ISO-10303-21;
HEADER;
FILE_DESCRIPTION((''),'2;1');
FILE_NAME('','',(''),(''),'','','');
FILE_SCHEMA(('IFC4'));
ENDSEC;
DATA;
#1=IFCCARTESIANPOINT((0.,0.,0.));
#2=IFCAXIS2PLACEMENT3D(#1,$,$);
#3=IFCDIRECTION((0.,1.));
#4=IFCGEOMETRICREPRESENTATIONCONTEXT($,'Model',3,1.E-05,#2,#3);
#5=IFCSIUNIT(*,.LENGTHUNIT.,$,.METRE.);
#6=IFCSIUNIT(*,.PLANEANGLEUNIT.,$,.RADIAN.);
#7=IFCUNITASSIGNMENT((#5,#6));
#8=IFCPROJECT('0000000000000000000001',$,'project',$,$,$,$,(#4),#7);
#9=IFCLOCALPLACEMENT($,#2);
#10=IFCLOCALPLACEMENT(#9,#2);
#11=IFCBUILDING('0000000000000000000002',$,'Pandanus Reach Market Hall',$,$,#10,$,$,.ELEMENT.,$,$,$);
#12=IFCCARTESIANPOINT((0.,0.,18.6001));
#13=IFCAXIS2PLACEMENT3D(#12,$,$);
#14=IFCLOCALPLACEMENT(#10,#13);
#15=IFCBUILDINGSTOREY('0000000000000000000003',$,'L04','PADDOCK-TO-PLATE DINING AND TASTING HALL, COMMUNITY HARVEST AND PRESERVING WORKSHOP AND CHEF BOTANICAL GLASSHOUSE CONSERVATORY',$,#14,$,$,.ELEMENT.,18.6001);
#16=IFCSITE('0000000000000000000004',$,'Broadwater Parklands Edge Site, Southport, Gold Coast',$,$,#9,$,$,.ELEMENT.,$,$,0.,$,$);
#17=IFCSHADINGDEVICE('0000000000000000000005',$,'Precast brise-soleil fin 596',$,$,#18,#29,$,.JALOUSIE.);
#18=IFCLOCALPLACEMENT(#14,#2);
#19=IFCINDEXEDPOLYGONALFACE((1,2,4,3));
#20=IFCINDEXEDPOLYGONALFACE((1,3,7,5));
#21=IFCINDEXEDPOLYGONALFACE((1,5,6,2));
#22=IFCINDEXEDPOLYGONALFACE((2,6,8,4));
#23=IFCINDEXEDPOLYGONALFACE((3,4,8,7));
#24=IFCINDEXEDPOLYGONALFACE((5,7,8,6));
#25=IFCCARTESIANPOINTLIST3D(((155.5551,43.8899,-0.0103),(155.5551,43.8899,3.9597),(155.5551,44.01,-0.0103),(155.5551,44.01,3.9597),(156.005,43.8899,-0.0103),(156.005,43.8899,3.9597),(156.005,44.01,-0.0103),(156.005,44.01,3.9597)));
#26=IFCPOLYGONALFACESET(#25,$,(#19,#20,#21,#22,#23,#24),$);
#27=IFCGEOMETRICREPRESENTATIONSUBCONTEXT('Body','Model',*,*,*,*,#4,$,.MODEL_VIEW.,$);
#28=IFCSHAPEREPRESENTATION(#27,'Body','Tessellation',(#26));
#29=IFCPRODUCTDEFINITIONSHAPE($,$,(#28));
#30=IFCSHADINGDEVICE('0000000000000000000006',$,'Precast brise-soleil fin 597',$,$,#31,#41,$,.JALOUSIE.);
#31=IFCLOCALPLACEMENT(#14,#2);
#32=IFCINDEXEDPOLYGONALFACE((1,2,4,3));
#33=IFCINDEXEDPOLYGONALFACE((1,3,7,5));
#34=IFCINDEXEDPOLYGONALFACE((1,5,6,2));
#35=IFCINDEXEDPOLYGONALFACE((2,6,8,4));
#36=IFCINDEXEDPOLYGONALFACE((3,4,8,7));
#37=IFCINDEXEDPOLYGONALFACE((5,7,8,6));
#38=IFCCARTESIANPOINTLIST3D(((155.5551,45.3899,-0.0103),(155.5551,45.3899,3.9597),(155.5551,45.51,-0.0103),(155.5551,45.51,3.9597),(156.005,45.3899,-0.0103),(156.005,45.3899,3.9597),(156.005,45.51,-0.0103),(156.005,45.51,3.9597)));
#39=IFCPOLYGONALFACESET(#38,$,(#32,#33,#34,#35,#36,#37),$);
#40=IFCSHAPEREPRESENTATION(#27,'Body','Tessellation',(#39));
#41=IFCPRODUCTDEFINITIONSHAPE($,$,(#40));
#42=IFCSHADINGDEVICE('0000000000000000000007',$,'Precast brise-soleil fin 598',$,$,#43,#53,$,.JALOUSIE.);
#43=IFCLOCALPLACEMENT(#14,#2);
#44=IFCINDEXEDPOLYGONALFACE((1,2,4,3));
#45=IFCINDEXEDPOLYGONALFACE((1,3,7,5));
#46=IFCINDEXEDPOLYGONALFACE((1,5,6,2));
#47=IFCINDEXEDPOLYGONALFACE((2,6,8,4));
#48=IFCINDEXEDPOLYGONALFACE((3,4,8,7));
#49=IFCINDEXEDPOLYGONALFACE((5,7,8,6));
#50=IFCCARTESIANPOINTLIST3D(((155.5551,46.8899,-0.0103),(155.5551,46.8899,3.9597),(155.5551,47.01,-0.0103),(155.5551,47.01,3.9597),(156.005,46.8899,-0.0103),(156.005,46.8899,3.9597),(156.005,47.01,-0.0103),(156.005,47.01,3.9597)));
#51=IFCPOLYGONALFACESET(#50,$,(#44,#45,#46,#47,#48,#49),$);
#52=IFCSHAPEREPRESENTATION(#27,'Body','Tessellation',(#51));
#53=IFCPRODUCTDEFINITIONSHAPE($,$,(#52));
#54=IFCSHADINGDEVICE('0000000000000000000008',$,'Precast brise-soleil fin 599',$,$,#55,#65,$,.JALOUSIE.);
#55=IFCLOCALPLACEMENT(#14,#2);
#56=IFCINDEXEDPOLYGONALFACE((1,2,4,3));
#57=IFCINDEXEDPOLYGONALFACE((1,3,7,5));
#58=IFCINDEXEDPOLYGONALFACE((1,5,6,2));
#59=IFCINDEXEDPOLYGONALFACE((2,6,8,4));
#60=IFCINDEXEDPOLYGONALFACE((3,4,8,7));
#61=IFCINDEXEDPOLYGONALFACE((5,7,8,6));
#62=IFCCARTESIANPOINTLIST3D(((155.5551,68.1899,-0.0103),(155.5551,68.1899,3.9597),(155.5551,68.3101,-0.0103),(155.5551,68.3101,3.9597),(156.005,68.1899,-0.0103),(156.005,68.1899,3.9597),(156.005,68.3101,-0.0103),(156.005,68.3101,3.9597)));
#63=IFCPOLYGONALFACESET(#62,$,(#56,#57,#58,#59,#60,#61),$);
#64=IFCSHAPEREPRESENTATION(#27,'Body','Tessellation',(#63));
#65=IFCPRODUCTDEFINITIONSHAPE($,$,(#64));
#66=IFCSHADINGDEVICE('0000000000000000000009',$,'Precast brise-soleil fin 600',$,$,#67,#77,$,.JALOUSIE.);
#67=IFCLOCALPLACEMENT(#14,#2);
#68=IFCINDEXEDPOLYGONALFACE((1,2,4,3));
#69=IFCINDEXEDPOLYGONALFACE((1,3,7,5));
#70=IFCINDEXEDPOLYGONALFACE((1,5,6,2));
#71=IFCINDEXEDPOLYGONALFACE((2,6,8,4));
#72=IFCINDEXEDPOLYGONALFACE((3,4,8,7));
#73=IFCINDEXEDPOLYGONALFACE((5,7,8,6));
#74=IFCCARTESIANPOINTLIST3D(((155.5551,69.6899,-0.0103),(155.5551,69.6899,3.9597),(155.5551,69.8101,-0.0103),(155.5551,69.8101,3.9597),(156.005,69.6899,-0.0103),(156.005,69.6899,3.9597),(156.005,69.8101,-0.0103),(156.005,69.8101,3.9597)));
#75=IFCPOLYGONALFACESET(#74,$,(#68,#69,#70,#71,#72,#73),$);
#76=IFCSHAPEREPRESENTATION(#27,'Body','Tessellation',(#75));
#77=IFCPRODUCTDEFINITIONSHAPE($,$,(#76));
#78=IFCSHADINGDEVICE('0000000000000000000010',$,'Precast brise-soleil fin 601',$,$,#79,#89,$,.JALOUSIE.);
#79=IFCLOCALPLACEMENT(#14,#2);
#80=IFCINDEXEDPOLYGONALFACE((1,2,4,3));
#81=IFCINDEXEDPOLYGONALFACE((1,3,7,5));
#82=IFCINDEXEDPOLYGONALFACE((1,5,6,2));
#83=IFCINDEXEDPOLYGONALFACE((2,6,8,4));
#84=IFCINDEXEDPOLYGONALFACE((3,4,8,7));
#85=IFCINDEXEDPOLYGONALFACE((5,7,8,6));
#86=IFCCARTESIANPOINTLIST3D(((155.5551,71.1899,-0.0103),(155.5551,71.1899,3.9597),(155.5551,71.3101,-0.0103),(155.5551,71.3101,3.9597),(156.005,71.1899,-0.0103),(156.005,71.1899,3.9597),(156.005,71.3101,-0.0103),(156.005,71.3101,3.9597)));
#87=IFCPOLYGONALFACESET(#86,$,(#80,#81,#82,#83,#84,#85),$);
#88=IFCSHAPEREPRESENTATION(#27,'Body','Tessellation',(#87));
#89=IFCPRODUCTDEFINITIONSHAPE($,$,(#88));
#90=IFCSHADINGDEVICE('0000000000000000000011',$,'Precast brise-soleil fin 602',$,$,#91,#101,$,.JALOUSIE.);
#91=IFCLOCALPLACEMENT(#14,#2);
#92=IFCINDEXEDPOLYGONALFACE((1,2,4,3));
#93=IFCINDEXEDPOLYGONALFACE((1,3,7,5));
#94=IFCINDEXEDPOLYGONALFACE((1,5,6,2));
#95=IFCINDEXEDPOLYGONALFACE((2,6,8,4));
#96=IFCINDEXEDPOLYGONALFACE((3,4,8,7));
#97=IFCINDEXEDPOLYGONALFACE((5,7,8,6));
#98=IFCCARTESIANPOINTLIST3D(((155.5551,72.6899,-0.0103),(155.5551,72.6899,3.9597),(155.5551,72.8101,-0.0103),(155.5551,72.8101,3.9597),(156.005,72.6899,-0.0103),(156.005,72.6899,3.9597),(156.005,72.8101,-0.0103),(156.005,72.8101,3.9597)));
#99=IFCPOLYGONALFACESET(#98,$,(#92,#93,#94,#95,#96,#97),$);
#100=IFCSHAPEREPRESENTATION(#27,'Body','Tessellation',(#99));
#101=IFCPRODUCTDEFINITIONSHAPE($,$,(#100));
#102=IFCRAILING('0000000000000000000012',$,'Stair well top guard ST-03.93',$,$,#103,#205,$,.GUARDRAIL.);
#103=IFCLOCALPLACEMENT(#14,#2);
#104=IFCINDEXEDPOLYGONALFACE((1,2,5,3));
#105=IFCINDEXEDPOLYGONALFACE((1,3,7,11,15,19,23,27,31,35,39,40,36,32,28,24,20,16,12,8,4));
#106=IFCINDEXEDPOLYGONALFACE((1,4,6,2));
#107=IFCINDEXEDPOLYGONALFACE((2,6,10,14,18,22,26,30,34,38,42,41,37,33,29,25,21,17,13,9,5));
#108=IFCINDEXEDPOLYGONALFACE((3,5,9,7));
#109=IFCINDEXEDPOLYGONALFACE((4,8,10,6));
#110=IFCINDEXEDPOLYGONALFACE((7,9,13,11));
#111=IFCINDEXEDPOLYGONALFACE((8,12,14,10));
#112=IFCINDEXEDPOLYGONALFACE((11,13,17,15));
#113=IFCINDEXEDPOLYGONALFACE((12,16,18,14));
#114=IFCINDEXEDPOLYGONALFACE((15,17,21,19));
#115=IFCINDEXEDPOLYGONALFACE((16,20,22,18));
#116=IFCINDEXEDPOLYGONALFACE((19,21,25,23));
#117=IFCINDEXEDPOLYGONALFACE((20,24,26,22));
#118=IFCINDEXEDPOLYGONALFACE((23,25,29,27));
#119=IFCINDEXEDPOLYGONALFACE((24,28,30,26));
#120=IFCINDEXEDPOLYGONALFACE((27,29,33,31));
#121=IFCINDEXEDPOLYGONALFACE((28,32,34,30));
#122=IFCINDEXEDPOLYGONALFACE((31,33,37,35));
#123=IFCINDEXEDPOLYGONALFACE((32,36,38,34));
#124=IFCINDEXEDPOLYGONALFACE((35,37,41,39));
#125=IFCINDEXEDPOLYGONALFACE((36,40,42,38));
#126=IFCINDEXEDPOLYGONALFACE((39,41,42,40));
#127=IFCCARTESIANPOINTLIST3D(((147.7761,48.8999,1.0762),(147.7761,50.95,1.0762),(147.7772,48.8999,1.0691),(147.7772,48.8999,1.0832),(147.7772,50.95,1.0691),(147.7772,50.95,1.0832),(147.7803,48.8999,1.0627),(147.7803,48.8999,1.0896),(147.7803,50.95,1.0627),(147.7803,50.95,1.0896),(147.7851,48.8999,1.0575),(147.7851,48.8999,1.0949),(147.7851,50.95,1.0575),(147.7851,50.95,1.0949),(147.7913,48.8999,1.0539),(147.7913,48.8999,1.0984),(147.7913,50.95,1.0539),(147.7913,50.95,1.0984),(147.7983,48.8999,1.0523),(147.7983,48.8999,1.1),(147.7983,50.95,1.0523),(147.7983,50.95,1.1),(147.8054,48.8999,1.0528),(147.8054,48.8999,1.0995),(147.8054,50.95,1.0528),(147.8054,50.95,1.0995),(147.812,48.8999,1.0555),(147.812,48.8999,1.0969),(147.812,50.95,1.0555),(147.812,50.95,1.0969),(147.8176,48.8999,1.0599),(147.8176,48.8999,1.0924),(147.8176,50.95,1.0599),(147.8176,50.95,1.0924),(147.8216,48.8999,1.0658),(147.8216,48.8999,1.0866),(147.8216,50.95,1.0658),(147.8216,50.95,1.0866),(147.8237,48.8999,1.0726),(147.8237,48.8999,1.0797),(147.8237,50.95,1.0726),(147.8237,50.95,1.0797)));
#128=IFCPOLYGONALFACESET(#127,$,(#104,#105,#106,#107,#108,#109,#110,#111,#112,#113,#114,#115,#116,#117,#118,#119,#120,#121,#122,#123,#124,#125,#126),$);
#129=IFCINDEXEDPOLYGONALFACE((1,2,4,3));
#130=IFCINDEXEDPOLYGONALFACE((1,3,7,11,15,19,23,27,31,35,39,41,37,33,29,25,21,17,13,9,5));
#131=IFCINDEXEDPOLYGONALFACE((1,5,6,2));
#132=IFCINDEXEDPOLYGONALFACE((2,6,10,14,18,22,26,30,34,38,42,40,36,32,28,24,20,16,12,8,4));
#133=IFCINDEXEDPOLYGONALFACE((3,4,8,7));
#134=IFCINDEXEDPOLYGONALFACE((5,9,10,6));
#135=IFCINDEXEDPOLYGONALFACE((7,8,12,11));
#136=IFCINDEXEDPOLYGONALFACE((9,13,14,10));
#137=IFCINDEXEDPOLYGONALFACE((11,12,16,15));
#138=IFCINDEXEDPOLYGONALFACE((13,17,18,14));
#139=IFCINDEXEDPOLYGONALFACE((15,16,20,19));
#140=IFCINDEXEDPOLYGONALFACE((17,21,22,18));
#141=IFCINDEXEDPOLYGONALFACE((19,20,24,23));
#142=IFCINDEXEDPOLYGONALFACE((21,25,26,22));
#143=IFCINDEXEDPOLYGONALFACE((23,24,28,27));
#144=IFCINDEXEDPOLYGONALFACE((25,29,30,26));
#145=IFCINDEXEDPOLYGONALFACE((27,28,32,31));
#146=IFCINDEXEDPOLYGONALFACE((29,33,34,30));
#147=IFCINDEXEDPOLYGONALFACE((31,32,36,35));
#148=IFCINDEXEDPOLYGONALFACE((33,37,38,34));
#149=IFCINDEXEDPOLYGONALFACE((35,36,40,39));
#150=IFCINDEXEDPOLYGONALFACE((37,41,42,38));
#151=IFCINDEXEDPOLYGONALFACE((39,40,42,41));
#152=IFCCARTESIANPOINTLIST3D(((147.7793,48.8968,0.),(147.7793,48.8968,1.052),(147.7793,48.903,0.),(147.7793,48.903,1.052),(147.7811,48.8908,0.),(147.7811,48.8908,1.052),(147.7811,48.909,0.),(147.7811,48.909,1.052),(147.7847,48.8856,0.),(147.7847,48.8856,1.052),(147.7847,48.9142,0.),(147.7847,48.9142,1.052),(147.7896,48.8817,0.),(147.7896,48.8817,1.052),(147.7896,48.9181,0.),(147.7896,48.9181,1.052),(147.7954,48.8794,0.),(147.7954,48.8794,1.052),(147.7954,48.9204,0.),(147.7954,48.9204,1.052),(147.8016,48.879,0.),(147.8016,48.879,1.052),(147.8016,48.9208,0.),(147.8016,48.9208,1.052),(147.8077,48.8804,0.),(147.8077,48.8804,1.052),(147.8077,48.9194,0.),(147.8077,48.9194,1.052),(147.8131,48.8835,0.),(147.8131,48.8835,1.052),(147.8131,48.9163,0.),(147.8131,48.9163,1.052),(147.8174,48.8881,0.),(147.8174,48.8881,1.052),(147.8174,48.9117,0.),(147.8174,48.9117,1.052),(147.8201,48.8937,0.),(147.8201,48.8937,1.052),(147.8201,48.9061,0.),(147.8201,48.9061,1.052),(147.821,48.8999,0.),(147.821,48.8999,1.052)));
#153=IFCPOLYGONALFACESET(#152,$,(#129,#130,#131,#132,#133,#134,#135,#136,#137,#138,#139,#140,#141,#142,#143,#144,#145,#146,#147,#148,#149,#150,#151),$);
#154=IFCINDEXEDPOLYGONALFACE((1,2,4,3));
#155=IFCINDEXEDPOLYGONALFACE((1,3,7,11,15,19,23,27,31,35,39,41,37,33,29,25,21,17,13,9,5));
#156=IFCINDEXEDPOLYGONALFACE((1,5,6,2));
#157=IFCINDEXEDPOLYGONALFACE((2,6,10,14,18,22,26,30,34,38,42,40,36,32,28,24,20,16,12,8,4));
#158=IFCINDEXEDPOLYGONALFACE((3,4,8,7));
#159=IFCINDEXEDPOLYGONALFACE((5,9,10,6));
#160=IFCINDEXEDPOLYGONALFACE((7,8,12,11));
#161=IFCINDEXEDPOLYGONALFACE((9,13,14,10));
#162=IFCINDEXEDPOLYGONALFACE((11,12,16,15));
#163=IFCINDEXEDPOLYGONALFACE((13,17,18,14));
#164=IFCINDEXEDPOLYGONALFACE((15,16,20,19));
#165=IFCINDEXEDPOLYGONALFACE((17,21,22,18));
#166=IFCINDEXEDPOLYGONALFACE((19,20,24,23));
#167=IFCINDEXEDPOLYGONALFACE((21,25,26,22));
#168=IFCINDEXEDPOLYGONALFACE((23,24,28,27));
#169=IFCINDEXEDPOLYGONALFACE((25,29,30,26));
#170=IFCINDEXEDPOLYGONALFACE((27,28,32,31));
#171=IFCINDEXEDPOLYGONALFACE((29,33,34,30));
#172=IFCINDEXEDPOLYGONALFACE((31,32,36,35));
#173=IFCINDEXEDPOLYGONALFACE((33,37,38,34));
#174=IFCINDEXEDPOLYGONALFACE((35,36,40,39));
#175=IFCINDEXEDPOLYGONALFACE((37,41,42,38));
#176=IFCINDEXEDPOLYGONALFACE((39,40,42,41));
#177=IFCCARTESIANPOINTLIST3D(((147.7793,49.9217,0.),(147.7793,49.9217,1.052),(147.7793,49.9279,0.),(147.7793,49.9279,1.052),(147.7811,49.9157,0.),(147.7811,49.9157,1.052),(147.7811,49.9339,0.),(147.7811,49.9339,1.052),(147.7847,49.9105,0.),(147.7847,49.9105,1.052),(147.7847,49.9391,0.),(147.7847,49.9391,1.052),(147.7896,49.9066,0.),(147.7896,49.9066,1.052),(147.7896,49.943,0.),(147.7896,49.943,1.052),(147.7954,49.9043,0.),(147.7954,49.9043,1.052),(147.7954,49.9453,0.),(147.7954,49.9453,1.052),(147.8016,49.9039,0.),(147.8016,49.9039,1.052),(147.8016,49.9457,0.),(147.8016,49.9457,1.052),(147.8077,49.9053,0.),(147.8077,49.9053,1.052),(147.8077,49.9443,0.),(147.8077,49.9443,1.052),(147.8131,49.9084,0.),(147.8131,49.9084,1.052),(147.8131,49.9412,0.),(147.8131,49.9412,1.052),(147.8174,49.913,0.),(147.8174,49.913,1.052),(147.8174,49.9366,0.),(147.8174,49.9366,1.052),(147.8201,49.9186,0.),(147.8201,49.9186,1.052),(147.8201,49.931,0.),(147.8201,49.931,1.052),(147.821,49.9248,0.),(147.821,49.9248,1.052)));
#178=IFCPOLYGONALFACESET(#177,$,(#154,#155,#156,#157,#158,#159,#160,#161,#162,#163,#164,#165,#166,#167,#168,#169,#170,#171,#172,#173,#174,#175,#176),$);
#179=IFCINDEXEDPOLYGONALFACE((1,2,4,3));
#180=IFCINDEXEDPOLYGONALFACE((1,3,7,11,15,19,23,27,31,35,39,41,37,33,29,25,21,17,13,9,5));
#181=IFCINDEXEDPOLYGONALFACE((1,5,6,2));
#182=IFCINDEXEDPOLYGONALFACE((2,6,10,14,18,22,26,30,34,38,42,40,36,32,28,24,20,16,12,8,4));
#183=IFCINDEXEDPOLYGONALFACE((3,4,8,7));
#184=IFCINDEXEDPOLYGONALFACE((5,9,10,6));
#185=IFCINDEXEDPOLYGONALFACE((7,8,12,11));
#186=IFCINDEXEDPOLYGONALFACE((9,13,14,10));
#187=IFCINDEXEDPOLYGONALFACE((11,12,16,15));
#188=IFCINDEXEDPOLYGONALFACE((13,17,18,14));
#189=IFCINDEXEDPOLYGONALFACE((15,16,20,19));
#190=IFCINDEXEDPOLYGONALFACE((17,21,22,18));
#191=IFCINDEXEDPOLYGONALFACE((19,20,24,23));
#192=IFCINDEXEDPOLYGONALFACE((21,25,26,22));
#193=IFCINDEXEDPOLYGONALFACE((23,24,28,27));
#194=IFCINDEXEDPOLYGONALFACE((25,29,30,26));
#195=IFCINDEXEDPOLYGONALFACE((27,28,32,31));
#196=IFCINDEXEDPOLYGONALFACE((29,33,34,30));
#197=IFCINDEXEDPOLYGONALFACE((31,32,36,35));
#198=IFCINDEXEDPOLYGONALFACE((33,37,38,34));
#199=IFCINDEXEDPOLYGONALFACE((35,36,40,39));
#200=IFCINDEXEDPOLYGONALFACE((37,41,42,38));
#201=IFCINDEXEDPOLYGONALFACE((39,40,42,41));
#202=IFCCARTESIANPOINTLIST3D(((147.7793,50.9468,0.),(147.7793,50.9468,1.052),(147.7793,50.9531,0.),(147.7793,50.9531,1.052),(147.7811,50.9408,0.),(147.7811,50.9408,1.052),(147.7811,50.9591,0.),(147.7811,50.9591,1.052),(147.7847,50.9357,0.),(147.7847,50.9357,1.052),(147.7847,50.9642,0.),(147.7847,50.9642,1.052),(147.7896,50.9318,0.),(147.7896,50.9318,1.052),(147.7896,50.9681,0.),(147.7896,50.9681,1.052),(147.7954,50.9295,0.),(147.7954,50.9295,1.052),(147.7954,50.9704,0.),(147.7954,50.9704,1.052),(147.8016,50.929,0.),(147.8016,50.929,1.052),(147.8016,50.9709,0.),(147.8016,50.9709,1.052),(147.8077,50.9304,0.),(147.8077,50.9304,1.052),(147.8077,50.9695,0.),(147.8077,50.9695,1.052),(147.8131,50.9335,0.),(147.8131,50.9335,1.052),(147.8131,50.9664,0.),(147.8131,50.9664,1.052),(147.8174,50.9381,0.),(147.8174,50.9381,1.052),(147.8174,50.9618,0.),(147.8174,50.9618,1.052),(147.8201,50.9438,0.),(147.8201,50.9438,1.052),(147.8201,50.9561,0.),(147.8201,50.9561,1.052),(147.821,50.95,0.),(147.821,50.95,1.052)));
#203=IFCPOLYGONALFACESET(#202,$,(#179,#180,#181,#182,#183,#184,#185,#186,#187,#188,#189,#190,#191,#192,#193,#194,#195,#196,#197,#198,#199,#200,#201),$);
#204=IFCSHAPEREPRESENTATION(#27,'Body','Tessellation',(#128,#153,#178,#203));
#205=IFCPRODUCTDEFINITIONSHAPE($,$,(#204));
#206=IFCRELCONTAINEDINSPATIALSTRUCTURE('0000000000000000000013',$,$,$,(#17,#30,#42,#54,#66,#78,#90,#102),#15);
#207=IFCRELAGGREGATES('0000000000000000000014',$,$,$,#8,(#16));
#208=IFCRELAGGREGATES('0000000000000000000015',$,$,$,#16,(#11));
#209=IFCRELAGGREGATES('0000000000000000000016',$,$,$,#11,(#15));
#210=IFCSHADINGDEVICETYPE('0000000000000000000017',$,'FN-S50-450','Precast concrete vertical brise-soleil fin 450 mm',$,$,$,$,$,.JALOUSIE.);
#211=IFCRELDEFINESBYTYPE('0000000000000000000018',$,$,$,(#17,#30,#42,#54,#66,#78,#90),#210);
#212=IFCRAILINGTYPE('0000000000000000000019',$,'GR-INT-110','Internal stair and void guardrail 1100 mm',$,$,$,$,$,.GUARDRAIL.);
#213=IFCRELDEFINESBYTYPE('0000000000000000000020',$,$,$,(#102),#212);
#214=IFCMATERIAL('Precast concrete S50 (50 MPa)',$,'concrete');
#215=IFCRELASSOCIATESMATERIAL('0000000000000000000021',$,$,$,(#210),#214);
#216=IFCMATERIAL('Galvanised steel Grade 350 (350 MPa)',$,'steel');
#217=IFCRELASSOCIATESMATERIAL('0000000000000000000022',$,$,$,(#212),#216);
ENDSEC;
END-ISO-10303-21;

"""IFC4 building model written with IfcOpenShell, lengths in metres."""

from ifc_helpers import new_model, si_unit, direction, frame, origin, origin_2d, place, context, subcontext, project, spatial, rectangle, circle, extrude, material, type_object, element, save


model = new_model("IFC4")

# Units and contexts
model_context = context("Model", 3, precision=1e-05, world=origin(), true_north=direction((0.0, 1.0)))
body_context = subcontext(model_context, "Body", "Model", "MODEL_VIEW")
ifc_project = project(units=[si_unit("LENGTHUNIT", "METRE"), si_unit("PLANEANGLEUNIT", "RADIAN")], contexts=[model_context])

# Site, building, storey
site_placement = place(None, origin())
site = spatial("IfcSite", under=ifc_project, at=site_placement, Name="Broadwater Parklands Edge Site, Southport, Gold Coast", CompositionType="ELEMENT", RefElevation=0.0)
building_placement = place(site_placement, origin())
building = spatial("IfcBuilding", under=site, at=building_placement, Name="Pandanus Reach Market Hall", CompositionType="ELEMENT")
storey_placement = place(building_placement, frame((0.0, 0.0, 18.6001)))
storey = spatial("IfcBuildingStorey", under=building, at=storey_placement, Name="L04", Description="PADDOCK-TO-PLATE DINING AND TASTING HALL, COMMUNITY HARVEST AND PRESERVING WORKSHOP AND CHEF BOTANICAL GLASSHOUSE CONSERVATORY", CompositionType="ELEMENT", Elevation=18.6001)

# Shading devices
ifc_material_1 = material(Name="Precast concrete S50 (50 MPa)", Category="concrete")
shading_device_type = type_object("IfcShadingDeviceType", Name="FN-S50-450", Description="Precast concrete vertical brise-soleil fin 450 mm", PredefinedType="JALOUSIE", material=ifc_material_1)
for number, where, z_axis, x_axis, name in (
    (1, (155.78, 43.95, -0.0103), (0.0, 0.0, 1.0), (-1.0, 0.0, 0.0), "Precast brise-soleil fin 596"),
    (2, (155.78, 45.45, -0.0103), (0.0, 0.0, 1.0), (-1.0, 0.0, 0.0), "Precast brise-soleil fin 597"),
    (3, (155.78, 46.95, -0.0103), (0.0, 0.0, 1.0), (-1.0, 0.0, 0.0), "Precast brise-soleil fin 598"),
    (4, (155.78, 68.25, -0.0103), (0.0, 0.0, 1.0), (-1.0, 0.0, 0.0), "Precast brise-soleil fin 599"),
    (5, (155.78, 69.75, -0.0103), (0.0, 0.0, 1.0), (-1.0, 0.0, 0.0), "Precast brise-soleil fin 600"),
    (6, (155.78, 71.25, -0.0103), (0.0, 0.0, 1.0), (-1.0, 0.0, 0.0), "Precast brise-soleil fin 601"),
    (7, (155.78, 72.75, -0.0103), (0.0, 0.0, 1.0), (-1.0, 0.0, 0.0), "Precast brise-soleil fin 602"),
):
    element("IfcShadingDevice", number, at=place(storey_placement, frame(where, z_axis=z_axis, x_axis=x_axis)), inside=storey, type_object=shading_device_type, Name=name, PredefinedType="JALOUSIE", context=body_context, shape_type="SweptSolid", body=[
        extrude(rectangle(XDim=0.45, YDim=0.1201, at=origin_2d()), origin(), (0.0, 0.0, 1.0), 3.97),
    ])

# Railing
ifc_material_2 = material(Name="Galvanised steel Grade 350 (350 MPa)", Category="steel")
railing_type = type_object("IfcRailingType", Name="GR-INT-110", Description="Internal stair and void guardrail 1100 mm", PredefinedType="GUARDRAIL", material=ifc_material_2)
railing_placement = place(storey_placement, frame((147.8, 48.8999, 0.0)))
element("IfcRailing", 8, at=railing_placement, inside=storey, type_object=railing_type, Name="Stair well top guard ST-03.93", PredefinedType="GUARDRAIL", context=body_context, shape_type="SweptSolid", body=[
    extrude(circle(Radius=0.0239, at=origin_2d()), frame((0.0, 0.0, 1.0762), z_axis=(0.0, 1.0, 0.0), x_axis=(-1.0, 0.0, 0.0)), (0.0, 0.0, 1.0), 2.05),
    extrude(circle(Radius=0.021, at=origin_2d()), origin(), (0.0, 0.0, 1.0), 1.052),
    extrude(circle(Radius=0.021, at=origin_2d()), frame((0.0, 1.0249, 0.0)), (0.0, 0.0, 1.0), 1.052),
    extrude(circle(Radius=0.021, at=origin_2d()), frame((0.0, 2.05, 0.0)), (0.0, 0.0, 1.0), 1.052),
])

save(model, "model.ifc")
